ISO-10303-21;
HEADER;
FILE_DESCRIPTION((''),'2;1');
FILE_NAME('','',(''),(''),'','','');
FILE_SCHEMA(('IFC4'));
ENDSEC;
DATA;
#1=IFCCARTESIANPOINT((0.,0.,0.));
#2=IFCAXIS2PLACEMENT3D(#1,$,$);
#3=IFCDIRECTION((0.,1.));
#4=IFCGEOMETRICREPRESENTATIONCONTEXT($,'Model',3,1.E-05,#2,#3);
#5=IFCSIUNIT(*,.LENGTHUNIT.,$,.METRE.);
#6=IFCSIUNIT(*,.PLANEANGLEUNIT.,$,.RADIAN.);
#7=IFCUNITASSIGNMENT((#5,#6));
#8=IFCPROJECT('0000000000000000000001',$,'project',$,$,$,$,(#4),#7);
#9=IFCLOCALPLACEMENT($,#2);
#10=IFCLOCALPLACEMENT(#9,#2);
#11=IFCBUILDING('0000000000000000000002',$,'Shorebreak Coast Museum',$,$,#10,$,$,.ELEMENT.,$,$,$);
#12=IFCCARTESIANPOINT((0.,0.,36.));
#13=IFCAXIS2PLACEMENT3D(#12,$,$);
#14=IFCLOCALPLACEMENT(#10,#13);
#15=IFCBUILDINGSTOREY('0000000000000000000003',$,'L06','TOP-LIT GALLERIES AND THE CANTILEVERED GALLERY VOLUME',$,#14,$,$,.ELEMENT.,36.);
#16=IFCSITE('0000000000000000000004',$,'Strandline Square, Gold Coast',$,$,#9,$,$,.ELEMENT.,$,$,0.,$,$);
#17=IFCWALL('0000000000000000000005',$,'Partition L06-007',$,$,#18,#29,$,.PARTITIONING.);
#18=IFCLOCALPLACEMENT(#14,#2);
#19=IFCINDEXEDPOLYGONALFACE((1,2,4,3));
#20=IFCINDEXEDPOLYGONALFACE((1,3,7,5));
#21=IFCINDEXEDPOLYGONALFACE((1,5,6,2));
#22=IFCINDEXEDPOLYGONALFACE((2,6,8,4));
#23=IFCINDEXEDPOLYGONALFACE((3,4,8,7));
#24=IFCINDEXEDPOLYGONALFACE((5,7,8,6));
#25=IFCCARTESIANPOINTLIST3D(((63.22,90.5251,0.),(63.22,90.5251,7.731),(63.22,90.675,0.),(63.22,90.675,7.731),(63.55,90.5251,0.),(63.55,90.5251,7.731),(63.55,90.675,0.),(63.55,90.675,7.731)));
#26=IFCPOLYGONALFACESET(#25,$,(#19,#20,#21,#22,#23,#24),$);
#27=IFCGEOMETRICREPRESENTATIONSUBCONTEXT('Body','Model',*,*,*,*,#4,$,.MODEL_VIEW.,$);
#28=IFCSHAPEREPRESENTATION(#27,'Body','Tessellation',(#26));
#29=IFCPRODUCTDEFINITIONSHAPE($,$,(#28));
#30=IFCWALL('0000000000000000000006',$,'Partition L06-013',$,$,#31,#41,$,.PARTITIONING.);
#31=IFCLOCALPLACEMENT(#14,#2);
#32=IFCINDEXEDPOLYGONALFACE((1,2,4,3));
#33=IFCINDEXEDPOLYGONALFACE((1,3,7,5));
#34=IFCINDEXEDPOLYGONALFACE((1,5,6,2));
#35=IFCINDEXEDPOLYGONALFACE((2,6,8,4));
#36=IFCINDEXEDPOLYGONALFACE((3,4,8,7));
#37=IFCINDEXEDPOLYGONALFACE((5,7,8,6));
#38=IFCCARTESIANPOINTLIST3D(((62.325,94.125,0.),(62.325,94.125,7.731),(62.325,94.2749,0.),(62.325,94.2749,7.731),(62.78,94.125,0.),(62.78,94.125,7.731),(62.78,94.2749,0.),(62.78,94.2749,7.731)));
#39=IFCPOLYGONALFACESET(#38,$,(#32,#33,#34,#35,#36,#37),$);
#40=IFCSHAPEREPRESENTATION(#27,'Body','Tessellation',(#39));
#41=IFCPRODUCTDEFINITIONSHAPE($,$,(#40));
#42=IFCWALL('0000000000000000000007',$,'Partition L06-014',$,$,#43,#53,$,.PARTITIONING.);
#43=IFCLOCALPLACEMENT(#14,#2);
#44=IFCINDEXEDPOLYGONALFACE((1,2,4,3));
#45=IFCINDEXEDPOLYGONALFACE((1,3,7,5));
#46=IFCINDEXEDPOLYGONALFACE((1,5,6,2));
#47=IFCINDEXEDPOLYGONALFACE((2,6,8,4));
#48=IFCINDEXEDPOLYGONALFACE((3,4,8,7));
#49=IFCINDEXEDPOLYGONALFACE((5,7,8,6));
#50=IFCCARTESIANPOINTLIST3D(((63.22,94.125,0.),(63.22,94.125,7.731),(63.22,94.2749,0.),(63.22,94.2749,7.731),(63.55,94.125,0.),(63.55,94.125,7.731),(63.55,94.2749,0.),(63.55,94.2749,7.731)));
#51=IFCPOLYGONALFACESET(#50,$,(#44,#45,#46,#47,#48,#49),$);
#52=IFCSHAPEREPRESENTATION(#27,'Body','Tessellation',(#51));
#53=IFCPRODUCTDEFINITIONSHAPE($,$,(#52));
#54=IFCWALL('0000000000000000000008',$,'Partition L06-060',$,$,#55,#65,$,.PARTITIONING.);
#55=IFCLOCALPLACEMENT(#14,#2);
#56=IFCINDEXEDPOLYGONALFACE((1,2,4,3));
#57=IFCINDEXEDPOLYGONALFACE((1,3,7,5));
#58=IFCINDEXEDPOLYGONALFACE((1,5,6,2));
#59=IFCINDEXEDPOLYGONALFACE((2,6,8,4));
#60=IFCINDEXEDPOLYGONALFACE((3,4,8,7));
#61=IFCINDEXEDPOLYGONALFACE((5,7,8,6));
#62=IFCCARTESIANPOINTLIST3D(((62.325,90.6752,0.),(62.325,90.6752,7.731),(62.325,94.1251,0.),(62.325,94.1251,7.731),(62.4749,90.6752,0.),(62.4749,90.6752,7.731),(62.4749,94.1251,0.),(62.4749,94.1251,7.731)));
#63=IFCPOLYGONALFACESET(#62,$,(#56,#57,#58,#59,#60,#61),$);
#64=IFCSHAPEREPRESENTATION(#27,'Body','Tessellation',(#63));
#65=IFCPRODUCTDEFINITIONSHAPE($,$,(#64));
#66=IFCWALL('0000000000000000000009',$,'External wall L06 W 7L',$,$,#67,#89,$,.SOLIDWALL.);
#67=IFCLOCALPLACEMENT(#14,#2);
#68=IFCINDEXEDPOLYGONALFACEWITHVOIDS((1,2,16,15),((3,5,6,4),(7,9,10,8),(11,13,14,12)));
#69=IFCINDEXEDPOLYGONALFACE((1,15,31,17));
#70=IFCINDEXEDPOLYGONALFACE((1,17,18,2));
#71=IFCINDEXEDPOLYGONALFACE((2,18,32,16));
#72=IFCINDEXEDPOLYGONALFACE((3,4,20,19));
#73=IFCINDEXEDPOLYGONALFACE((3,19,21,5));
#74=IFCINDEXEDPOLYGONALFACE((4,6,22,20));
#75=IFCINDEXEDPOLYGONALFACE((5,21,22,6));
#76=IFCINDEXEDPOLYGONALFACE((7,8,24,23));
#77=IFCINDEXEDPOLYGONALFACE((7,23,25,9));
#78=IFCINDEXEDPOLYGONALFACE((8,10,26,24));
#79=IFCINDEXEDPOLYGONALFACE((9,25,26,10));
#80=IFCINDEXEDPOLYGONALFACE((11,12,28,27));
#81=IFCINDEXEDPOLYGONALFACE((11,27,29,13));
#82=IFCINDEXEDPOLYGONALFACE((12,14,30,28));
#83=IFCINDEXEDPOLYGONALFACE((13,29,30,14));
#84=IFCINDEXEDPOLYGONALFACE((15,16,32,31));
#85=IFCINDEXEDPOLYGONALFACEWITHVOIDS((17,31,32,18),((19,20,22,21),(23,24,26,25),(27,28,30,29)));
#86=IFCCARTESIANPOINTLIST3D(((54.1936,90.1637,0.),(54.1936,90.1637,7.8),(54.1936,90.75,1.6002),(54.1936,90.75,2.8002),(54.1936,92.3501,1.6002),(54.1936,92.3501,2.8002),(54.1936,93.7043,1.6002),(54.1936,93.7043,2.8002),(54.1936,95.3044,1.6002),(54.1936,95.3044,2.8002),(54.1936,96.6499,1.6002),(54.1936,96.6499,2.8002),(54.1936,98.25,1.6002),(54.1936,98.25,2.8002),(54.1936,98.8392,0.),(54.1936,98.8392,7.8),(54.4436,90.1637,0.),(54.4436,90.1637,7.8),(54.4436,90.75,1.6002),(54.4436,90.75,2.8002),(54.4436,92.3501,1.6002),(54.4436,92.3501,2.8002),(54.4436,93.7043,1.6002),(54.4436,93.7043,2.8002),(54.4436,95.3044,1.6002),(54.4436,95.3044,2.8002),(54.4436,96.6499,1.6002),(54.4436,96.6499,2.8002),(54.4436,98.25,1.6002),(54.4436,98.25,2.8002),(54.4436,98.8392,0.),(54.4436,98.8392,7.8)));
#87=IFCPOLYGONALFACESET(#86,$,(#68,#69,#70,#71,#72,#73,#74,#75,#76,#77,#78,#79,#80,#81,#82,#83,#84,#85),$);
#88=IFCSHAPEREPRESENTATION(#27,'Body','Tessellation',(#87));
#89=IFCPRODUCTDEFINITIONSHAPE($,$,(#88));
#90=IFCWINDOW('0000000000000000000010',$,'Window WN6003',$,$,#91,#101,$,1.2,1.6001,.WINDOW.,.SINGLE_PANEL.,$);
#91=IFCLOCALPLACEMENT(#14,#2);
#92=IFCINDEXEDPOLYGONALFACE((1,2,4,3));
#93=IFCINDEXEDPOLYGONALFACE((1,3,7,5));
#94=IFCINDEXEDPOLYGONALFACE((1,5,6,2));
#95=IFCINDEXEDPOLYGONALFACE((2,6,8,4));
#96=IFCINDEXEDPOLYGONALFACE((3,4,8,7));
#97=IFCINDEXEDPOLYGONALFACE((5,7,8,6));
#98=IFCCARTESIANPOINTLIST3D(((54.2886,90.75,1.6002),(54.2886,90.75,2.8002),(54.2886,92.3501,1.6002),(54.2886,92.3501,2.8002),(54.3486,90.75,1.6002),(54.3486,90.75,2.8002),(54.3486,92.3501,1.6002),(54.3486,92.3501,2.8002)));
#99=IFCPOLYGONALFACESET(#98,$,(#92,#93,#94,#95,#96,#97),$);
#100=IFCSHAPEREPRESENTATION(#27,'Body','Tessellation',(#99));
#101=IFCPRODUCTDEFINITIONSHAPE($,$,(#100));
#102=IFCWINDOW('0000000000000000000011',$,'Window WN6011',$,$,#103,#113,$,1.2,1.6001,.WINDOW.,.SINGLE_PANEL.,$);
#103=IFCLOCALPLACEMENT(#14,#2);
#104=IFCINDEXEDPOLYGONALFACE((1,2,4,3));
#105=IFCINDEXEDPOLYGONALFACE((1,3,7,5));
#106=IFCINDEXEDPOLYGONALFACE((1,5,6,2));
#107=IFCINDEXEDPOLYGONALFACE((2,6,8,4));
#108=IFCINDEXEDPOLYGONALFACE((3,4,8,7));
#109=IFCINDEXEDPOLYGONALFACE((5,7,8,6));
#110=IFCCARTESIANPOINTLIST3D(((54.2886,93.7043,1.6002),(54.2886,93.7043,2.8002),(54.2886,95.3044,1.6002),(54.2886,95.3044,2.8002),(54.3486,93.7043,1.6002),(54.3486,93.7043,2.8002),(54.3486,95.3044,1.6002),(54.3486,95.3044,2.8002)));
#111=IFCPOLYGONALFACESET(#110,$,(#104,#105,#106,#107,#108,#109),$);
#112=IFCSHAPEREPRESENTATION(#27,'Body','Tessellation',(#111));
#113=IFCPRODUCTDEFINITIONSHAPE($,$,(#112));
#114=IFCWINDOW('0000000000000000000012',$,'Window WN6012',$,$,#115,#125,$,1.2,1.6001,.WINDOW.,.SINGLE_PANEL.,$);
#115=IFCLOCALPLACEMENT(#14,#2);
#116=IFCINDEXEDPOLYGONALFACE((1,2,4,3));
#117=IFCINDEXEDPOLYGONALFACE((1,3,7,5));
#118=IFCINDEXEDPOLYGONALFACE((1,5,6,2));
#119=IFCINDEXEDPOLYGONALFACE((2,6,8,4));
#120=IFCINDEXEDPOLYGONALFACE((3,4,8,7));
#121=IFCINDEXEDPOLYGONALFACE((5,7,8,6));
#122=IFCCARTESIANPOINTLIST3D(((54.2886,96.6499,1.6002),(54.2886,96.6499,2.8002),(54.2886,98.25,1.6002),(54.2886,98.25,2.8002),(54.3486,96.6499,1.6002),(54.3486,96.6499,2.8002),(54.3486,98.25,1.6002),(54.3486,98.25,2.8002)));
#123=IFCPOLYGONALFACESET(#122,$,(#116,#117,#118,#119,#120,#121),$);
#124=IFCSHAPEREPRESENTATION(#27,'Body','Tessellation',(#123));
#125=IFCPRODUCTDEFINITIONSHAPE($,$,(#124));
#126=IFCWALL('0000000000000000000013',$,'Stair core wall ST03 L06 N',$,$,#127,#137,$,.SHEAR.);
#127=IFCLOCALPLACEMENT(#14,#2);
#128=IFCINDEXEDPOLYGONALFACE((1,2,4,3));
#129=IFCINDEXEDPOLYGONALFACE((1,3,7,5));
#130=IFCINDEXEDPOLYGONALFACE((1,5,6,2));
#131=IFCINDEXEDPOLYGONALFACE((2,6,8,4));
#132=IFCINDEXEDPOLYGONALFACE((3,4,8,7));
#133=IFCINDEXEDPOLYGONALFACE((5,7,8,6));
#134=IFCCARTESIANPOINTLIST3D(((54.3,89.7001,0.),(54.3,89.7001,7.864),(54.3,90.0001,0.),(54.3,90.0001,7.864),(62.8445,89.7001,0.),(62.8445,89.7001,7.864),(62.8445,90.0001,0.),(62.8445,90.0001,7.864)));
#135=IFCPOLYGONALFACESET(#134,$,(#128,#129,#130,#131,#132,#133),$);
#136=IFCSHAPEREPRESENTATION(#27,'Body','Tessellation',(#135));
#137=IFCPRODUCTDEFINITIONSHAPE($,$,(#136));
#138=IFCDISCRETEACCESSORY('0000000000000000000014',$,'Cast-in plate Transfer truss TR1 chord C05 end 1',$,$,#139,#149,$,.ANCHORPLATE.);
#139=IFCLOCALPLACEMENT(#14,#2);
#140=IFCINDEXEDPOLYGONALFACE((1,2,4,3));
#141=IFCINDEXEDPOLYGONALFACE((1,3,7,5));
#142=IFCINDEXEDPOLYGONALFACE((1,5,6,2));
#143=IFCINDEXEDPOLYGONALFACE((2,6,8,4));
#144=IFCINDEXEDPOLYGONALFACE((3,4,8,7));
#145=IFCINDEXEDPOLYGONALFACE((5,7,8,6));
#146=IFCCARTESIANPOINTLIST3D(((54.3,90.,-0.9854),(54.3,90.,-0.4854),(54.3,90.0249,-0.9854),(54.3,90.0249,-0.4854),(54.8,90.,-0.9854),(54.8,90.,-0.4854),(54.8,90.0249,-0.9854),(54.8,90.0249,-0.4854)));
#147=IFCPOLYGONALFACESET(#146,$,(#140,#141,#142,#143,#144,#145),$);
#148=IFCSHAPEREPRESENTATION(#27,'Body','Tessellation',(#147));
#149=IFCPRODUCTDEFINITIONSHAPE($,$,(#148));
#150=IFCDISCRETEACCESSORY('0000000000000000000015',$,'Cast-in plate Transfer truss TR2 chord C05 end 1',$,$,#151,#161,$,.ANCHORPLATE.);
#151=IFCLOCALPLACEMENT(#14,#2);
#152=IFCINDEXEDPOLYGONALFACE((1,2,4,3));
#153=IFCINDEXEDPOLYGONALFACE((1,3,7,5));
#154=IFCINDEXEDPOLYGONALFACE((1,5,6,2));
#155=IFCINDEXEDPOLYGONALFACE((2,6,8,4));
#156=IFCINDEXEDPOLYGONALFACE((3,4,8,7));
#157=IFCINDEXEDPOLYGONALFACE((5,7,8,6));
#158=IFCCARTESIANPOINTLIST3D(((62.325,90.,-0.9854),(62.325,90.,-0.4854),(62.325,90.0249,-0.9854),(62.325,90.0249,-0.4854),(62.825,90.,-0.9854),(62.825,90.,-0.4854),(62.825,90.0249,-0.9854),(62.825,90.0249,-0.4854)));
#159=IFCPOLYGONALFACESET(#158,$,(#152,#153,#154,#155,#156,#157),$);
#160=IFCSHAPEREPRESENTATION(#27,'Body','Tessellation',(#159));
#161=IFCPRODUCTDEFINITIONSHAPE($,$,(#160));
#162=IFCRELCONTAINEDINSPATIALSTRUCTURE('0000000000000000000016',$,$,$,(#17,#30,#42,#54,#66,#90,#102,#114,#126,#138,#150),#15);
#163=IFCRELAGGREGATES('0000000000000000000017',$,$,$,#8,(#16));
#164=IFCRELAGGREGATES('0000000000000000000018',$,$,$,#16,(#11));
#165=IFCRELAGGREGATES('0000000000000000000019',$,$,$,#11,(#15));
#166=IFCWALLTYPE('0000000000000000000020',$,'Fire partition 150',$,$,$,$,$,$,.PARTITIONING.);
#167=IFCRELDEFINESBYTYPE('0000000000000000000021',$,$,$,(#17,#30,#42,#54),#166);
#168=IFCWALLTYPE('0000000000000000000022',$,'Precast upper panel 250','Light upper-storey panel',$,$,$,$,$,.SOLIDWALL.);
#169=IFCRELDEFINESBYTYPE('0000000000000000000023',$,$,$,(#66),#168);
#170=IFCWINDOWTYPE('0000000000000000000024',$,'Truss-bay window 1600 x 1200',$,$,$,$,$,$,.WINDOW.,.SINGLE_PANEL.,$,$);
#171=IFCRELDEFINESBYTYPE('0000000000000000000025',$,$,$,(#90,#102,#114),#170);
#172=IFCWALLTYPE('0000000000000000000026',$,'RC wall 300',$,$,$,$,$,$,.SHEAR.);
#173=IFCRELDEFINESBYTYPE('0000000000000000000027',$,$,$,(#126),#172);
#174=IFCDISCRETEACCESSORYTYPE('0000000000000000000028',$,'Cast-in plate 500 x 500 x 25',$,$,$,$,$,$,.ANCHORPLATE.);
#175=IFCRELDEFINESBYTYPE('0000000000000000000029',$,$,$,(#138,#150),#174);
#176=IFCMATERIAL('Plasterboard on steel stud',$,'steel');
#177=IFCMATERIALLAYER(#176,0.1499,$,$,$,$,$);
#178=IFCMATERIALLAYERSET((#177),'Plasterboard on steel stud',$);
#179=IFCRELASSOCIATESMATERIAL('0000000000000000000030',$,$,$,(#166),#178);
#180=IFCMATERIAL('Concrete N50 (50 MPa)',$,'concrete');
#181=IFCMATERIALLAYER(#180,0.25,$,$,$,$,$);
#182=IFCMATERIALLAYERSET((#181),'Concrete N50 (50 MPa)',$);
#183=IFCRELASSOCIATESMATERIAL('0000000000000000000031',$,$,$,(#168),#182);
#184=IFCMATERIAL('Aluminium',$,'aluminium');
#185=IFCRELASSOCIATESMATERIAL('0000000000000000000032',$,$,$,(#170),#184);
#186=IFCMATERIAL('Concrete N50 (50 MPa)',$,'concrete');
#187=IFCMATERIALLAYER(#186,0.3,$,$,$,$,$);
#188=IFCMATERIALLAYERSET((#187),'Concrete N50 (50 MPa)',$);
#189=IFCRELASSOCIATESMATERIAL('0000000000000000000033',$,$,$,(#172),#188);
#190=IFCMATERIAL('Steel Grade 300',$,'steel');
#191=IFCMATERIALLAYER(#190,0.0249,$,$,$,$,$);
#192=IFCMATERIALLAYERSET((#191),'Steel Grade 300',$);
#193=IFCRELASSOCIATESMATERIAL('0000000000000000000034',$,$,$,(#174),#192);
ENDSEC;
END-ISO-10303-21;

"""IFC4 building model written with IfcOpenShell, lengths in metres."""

from ifc_helpers import new_model, si_unit, direction, frame, frame_2d, origin, place, context, subcontext, project, spatial, polyline, rectangle, outline, extrude, material, layer, layer_set, type_object, element, fill, save


model = new_model("IFC4")

# Units and contexts
model_context = context("Model", 3, precision=1e-05, world=origin(), true_north=direction((0.0, 1.0)))
body_context = subcontext(model_context, "Body", "Model", "MODEL_VIEW")
ifc_project = project(units=[si_unit("LENGTHUNIT", "METRE"), si_unit("PLANEANGLEUNIT", "RADIAN")], contexts=[model_context])

# Site, building, storey
site_placement = place(None, origin())
site = spatial("IfcSite", under=ifc_project, at=site_placement, Name="Strandline Square, Gold Coast", CompositionType="ELEMENT", RefElevation=0.0)
building_placement = place(site_placement, origin())
building = spatial("IfcBuilding", under=site, at=building_placement, Name="Shorebreak Coast Museum", CompositionType="ELEMENT")
storey_placement = place(building_placement, frame((0.0, 0.0, 36.0)))
storey = spatial("IfcBuildingStorey", under=building, at=storey_placement, Name="L06", Description="TOP-LIT GALLERIES AND THE CANTILEVERED GALLERY VOLUME", CompositionType="ELEMENT", Elevation=36.0)

# Walls
ifc_material_1 = material(Name="Plasterboard on steel stud", Category="steel")
ifc_layer_1 = layer(ifc_material_1, 0.1499)
ifc_layer_set_1 = layer_set([ifc_layer_1], Name="Plasterboard on steel stud")
wall_type_1 = type_object("IfcWallType", Name="Fire partition 150", PredefinedType="PARTITIONING", material=ifc_layer_set_1)
wall_1_placement = place(storey_placement, frame((63.22, 90.6001, 0.0), z_axis=(0.0, 0.0, 1.0), x_axis=(1.0, 0.0, 0.0)))
element("IfcWall", 1, at=wall_1_placement, inside=storey, type_object=wall_type_1, Name="Partition L06-007", PredefinedType="PARTITIONING", context=body_context, shape_type="SweptSolid", body=[
    extrude(rectangle(XDim=0.3301, YDim=0.1499, at=frame_2d((0.165, 0.0))), origin(), (0.0, 0.0, 1.0), 7.731),
])
wall_2_placement = place(storey_placement, frame((62.325, 94.2, 0.0), z_axis=(0.0, 0.0, 1.0), x_axis=(1.0, 0.0, 0.0)))
element("IfcWall", 2, at=wall_2_placement, inside=storey, type_object=wall_type_1, Name="Partition L06-013", PredefinedType="PARTITIONING", context=body_context, shape_type="SweptSolid", body=[
    extrude(rectangle(XDim=0.4551, YDim=0.1499, at=frame_2d((0.2275, 0.0))), origin(), (0.0, 0.0, 1.0), 7.731),
])
wall_3_placement = place(storey_placement, frame((63.22, 94.2, 0.0), z_axis=(0.0, 0.0, 1.0), x_axis=(1.0, 0.0, 0.0)))
element("IfcWall", 3, at=wall_3_placement, inside=storey, type_object=wall_type_1, Name="Partition L06-014", PredefinedType="PARTITIONING", context=body_context, shape_type="SweptSolid", body=[
    extrude(rectangle(XDim=0.3301, YDim=0.1499, at=frame_2d((0.165, 0.0))), origin(), (0.0, 0.0, 1.0), 7.731),
])
wall_4_placement = place(storey_placement, frame((62.3999, 90.675, 0.0), z_axis=(0.0, 0.0, 1.0), x_axis=(0.0, 1.0, 0.0)))
element("IfcWall", 4, at=wall_4_placement, inside=storey, type_object=wall_type_1, Name="Partition L06-060", PredefinedType="PARTITIONING", context=body_context, shape_type="SweptSolid", body=[
    extrude(rectangle(XDim=3.45, YDim=0.1499, at=frame_2d((1.7251, 0.0))), origin(), (0.0, 0.0, 1.0), 7.731),
])

# Wall, openings, windows
ifc_material_2 = material(Name="Concrete N50 (50 MPa)", Category="concrete")
ifc_layer_2 = layer(ifc_material_2, 0.25)
ifc_layer_set_2 = layer_set([ifc_layer_2], Name="Concrete N50 (50 MPa)")
wall_type_2 = type_object("IfcWallType", Name="Precast upper panel 250", Description="Light upper-storey panel", PredefinedType="SOLIDWALL", material=ifc_layer_set_2)
wall_5_placement = place(storey_placement, frame((54.3186, 90.1636, 0.0), z_axis=(0.0, 0.0, 1.0), x_axis=(0.0, 1.0, 0.0)))
wall_5 = element("IfcWall", 5, at=wall_5_placement, inside=storey, type_object=wall_type_2, Name="External wall L06 W 7L", PredefinedType="SOLIDWALL", context=body_context, shape_type="SweptSolid", body=[
    extrude(rectangle(XDim=8.6755, YDim=0.25, at=frame_2d((4.3379, 0.0))), origin(), (0.0, 0.0, 1.0), 7.8),
])
opening_1_placement = place(wall_5_placement, frame((0.5864, 0.0, 1.6001)))
opening_1 = element("IfcOpeningElement", 6, at=opening_1_placement, cuts=wall_5, PredefinedType="OPENING", context=body_context, shape_type="SweptSolid", body=[
    extrude(rectangle(XDim=1.6001, YDim=1.2, at=frame_2d((0.8, 0.6001))), frame((0.0, 0.135, 0.0), z_axis=(0.0, -1.0, 0.0), x_axis=(1.0, 0.0, 0.0)), (0.0, 0.0, 1.0), 0.27),
])
opening_2_placement = place(wall_5_placement, frame((3.5408, 0.0, 1.6001)))
opening_2 = element("IfcOpeningElement", 7, at=opening_2_placement, cuts=wall_5, PredefinedType="OPENING", context=body_context, shape_type="SweptSolid", body=[
    extrude(rectangle(XDim=1.6001, YDim=1.2, at=frame_2d((0.8, 0.6001))), frame((0.0, 0.135, 0.0), z_axis=(0.0, -1.0, 0.0), x_axis=(1.0, 0.0, 0.0)), (0.0, 0.0, 1.0), 0.27),
])
opening_3_placement = place(wall_5_placement, frame((6.4863, 0.0, 1.6001)))
opening_3 = element("IfcOpeningElement", 8, at=opening_3_placement, cuts=wall_5, PredefinedType="OPENING", context=body_context, shape_type="SweptSolid", body=[
    extrude(rectangle(XDim=1.6001, YDim=1.2, at=frame_2d((0.8, 0.6001))), frame((0.0, 0.135, 0.0), z_axis=(0.0, -1.0, 0.0), x_axis=(1.0, 0.0, 0.0)), (0.0, 0.0, 1.0), 0.27),
])
ifc_material_3 = material(Name="Aluminium", Category="aluminium")
window_type = type_object("IfcWindowType", Name="Truss-bay window 1600 x 1200", PartitioningType="SINGLE_PANEL", PredefinedType="WINDOW", material=ifc_material_3)
window_1_placement = place(opening_1_placement, origin())
window_1 = element("IfcWindow", 9, at=window_1_placement, inside=storey, type_object=window_type, Name="Window WN6003", OverallHeight=1.2, OverallWidth=1.6001, PartitioningType="SINGLE_PANEL", PredefinedType="WINDOW", context=body_context, shape_type="SweptSolid", body=[
    extrude(rectangle(XDim=1.6001, YDim=1.2, at=frame_2d((0.8, 0.6001))), frame((0.0, 0.03, 0.0), z_axis=(0.0, -1.0, 0.0), x_axis=(1.0, 0.0, 0.0)), (0.0, 0.0, 1.0), 0.0601),
])
fill(opening_1, window_1)
window_2_placement = place(opening_2_placement, origin())
window_2 = element("IfcWindow", 10, at=window_2_placement, inside=storey, type_object=window_type, Name="Window WN6011", OverallHeight=1.2, OverallWidth=1.6001, PartitioningType="SINGLE_PANEL", PredefinedType="WINDOW", context=body_context, shape_type="SweptSolid", body=[
    extrude(rectangle(XDim=1.6001, YDim=1.2, at=frame_2d((0.8, 0.6001))), frame((0.0, 0.03, 0.0), z_axis=(0.0, -1.0, 0.0), x_axis=(1.0, 0.0, 0.0)), (0.0, 0.0, 1.0), 0.0601),
])
fill(opening_2, window_2)
window_3_placement = place(opening_3_placement, origin())
window_3 = element("IfcWindow", 11, at=window_3_placement, inside=storey, type_object=window_type, Name="Window WN6012", OverallHeight=1.2, OverallWidth=1.6001, PartitioningType="SINGLE_PANEL", PredefinedType="WINDOW", context=body_context, shape_type="SweptSolid", body=[
    extrude(rectangle(XDim=1.6001, YDim=1.2, at=frame_2d((0.8, 0.6001))), frame((0.0, 0.03, 0.0), z_axis=(0.0, -1.0, 0.0), x_axis=(1.0, 0.0, 0.0)), (0.0, 0.0, 1.0), 0.0601),
])
fill(opening_3, window_3)

# Wall
ifc_material_4 = material(Name="Concrete N50 (50 MPa)", Category="concrete")
ifc_layer_3 = layer(ifc_material_4, 0.3)
ifc_layer_set_3 = layer_set([ifc_layer_3], Name="Concrete N50 (50 MPa)")
wall_type_3 = type_object("IfcWallType", Name="RC wall 300", PredefinedType="SHEAR", material=ifc_layer_set_3)
wall_6_placement = place(storey_placement, frame((54.3, 89.8501, 0.0), z_axis=(0.0, 0.0, 1.0), x_axis=(1.0, 0.0, 0.0)))
element("IfcWall", 12, at=wall_6_placement, inside=storey, type_object=wall_type_3, Name="Stair core wall ST03 L06 N", PredefinedType="SHEAR", context=body_context, shape_type="SweptSolid", body=[
    extrude(rectangle(XDim=8.5444, YDim=0.3, at=frame_2d((4.2722, 0.0))), origin(), (0.0, 0.0, 1.0), 7.864),
])

# Discrete accessories
ifc_material_5 = material(Name="Steel Grade 300", Category="steel")
ifc_layer_4 = layer(ifc_material_5, 0.0249)
ifc_layer_set_4 = layer_set([ifc_layer_4], Name="Steel Grade 300")
discrete_accessory_type = type_object("IfcDiscreteAccessoryType", Name="Cast-in plate 500 x 500 x 25", PredefinedType="ANCHORPLATE", material=ifc_layer_set_4)
for number, where, z_axis, x_axis, name in (
    (13, (54.3, 90.0, -0.9854), (0.0, -1.0, 0.0), (1.0, 0.0, 0.0), "Cast-in plate Transfer truss TR1 chord C05 end 1"),
    (14, (62.325, 90.0, -0.9854), (0.0, -1.0, 0.0), (1.0, 0.0, 0.0), "Cast-in plate Transfer truss TR2 chord C05 end 1"),
):
    element("IfcDiscreteAccessory", number, at=place(storey_placement, frame(where, z_axis=z_axis, x_axis=x_axis)), inside=storey, type_object=discrete_accessory_type, Name=name, PredefinedType="ANCHORPLATE", context=body_context, shape_type="SweptSolid", body=[
        extrude(outline(polyline([(0.0, 0.0), (0.5, 0.0), (0.5, 0.5), (0.0, 0.5), (0.0, 0.0)])), origin(), (0.0, 0.0, -1.0), 0.0249),
    ])

save(model, "model.ifc")
